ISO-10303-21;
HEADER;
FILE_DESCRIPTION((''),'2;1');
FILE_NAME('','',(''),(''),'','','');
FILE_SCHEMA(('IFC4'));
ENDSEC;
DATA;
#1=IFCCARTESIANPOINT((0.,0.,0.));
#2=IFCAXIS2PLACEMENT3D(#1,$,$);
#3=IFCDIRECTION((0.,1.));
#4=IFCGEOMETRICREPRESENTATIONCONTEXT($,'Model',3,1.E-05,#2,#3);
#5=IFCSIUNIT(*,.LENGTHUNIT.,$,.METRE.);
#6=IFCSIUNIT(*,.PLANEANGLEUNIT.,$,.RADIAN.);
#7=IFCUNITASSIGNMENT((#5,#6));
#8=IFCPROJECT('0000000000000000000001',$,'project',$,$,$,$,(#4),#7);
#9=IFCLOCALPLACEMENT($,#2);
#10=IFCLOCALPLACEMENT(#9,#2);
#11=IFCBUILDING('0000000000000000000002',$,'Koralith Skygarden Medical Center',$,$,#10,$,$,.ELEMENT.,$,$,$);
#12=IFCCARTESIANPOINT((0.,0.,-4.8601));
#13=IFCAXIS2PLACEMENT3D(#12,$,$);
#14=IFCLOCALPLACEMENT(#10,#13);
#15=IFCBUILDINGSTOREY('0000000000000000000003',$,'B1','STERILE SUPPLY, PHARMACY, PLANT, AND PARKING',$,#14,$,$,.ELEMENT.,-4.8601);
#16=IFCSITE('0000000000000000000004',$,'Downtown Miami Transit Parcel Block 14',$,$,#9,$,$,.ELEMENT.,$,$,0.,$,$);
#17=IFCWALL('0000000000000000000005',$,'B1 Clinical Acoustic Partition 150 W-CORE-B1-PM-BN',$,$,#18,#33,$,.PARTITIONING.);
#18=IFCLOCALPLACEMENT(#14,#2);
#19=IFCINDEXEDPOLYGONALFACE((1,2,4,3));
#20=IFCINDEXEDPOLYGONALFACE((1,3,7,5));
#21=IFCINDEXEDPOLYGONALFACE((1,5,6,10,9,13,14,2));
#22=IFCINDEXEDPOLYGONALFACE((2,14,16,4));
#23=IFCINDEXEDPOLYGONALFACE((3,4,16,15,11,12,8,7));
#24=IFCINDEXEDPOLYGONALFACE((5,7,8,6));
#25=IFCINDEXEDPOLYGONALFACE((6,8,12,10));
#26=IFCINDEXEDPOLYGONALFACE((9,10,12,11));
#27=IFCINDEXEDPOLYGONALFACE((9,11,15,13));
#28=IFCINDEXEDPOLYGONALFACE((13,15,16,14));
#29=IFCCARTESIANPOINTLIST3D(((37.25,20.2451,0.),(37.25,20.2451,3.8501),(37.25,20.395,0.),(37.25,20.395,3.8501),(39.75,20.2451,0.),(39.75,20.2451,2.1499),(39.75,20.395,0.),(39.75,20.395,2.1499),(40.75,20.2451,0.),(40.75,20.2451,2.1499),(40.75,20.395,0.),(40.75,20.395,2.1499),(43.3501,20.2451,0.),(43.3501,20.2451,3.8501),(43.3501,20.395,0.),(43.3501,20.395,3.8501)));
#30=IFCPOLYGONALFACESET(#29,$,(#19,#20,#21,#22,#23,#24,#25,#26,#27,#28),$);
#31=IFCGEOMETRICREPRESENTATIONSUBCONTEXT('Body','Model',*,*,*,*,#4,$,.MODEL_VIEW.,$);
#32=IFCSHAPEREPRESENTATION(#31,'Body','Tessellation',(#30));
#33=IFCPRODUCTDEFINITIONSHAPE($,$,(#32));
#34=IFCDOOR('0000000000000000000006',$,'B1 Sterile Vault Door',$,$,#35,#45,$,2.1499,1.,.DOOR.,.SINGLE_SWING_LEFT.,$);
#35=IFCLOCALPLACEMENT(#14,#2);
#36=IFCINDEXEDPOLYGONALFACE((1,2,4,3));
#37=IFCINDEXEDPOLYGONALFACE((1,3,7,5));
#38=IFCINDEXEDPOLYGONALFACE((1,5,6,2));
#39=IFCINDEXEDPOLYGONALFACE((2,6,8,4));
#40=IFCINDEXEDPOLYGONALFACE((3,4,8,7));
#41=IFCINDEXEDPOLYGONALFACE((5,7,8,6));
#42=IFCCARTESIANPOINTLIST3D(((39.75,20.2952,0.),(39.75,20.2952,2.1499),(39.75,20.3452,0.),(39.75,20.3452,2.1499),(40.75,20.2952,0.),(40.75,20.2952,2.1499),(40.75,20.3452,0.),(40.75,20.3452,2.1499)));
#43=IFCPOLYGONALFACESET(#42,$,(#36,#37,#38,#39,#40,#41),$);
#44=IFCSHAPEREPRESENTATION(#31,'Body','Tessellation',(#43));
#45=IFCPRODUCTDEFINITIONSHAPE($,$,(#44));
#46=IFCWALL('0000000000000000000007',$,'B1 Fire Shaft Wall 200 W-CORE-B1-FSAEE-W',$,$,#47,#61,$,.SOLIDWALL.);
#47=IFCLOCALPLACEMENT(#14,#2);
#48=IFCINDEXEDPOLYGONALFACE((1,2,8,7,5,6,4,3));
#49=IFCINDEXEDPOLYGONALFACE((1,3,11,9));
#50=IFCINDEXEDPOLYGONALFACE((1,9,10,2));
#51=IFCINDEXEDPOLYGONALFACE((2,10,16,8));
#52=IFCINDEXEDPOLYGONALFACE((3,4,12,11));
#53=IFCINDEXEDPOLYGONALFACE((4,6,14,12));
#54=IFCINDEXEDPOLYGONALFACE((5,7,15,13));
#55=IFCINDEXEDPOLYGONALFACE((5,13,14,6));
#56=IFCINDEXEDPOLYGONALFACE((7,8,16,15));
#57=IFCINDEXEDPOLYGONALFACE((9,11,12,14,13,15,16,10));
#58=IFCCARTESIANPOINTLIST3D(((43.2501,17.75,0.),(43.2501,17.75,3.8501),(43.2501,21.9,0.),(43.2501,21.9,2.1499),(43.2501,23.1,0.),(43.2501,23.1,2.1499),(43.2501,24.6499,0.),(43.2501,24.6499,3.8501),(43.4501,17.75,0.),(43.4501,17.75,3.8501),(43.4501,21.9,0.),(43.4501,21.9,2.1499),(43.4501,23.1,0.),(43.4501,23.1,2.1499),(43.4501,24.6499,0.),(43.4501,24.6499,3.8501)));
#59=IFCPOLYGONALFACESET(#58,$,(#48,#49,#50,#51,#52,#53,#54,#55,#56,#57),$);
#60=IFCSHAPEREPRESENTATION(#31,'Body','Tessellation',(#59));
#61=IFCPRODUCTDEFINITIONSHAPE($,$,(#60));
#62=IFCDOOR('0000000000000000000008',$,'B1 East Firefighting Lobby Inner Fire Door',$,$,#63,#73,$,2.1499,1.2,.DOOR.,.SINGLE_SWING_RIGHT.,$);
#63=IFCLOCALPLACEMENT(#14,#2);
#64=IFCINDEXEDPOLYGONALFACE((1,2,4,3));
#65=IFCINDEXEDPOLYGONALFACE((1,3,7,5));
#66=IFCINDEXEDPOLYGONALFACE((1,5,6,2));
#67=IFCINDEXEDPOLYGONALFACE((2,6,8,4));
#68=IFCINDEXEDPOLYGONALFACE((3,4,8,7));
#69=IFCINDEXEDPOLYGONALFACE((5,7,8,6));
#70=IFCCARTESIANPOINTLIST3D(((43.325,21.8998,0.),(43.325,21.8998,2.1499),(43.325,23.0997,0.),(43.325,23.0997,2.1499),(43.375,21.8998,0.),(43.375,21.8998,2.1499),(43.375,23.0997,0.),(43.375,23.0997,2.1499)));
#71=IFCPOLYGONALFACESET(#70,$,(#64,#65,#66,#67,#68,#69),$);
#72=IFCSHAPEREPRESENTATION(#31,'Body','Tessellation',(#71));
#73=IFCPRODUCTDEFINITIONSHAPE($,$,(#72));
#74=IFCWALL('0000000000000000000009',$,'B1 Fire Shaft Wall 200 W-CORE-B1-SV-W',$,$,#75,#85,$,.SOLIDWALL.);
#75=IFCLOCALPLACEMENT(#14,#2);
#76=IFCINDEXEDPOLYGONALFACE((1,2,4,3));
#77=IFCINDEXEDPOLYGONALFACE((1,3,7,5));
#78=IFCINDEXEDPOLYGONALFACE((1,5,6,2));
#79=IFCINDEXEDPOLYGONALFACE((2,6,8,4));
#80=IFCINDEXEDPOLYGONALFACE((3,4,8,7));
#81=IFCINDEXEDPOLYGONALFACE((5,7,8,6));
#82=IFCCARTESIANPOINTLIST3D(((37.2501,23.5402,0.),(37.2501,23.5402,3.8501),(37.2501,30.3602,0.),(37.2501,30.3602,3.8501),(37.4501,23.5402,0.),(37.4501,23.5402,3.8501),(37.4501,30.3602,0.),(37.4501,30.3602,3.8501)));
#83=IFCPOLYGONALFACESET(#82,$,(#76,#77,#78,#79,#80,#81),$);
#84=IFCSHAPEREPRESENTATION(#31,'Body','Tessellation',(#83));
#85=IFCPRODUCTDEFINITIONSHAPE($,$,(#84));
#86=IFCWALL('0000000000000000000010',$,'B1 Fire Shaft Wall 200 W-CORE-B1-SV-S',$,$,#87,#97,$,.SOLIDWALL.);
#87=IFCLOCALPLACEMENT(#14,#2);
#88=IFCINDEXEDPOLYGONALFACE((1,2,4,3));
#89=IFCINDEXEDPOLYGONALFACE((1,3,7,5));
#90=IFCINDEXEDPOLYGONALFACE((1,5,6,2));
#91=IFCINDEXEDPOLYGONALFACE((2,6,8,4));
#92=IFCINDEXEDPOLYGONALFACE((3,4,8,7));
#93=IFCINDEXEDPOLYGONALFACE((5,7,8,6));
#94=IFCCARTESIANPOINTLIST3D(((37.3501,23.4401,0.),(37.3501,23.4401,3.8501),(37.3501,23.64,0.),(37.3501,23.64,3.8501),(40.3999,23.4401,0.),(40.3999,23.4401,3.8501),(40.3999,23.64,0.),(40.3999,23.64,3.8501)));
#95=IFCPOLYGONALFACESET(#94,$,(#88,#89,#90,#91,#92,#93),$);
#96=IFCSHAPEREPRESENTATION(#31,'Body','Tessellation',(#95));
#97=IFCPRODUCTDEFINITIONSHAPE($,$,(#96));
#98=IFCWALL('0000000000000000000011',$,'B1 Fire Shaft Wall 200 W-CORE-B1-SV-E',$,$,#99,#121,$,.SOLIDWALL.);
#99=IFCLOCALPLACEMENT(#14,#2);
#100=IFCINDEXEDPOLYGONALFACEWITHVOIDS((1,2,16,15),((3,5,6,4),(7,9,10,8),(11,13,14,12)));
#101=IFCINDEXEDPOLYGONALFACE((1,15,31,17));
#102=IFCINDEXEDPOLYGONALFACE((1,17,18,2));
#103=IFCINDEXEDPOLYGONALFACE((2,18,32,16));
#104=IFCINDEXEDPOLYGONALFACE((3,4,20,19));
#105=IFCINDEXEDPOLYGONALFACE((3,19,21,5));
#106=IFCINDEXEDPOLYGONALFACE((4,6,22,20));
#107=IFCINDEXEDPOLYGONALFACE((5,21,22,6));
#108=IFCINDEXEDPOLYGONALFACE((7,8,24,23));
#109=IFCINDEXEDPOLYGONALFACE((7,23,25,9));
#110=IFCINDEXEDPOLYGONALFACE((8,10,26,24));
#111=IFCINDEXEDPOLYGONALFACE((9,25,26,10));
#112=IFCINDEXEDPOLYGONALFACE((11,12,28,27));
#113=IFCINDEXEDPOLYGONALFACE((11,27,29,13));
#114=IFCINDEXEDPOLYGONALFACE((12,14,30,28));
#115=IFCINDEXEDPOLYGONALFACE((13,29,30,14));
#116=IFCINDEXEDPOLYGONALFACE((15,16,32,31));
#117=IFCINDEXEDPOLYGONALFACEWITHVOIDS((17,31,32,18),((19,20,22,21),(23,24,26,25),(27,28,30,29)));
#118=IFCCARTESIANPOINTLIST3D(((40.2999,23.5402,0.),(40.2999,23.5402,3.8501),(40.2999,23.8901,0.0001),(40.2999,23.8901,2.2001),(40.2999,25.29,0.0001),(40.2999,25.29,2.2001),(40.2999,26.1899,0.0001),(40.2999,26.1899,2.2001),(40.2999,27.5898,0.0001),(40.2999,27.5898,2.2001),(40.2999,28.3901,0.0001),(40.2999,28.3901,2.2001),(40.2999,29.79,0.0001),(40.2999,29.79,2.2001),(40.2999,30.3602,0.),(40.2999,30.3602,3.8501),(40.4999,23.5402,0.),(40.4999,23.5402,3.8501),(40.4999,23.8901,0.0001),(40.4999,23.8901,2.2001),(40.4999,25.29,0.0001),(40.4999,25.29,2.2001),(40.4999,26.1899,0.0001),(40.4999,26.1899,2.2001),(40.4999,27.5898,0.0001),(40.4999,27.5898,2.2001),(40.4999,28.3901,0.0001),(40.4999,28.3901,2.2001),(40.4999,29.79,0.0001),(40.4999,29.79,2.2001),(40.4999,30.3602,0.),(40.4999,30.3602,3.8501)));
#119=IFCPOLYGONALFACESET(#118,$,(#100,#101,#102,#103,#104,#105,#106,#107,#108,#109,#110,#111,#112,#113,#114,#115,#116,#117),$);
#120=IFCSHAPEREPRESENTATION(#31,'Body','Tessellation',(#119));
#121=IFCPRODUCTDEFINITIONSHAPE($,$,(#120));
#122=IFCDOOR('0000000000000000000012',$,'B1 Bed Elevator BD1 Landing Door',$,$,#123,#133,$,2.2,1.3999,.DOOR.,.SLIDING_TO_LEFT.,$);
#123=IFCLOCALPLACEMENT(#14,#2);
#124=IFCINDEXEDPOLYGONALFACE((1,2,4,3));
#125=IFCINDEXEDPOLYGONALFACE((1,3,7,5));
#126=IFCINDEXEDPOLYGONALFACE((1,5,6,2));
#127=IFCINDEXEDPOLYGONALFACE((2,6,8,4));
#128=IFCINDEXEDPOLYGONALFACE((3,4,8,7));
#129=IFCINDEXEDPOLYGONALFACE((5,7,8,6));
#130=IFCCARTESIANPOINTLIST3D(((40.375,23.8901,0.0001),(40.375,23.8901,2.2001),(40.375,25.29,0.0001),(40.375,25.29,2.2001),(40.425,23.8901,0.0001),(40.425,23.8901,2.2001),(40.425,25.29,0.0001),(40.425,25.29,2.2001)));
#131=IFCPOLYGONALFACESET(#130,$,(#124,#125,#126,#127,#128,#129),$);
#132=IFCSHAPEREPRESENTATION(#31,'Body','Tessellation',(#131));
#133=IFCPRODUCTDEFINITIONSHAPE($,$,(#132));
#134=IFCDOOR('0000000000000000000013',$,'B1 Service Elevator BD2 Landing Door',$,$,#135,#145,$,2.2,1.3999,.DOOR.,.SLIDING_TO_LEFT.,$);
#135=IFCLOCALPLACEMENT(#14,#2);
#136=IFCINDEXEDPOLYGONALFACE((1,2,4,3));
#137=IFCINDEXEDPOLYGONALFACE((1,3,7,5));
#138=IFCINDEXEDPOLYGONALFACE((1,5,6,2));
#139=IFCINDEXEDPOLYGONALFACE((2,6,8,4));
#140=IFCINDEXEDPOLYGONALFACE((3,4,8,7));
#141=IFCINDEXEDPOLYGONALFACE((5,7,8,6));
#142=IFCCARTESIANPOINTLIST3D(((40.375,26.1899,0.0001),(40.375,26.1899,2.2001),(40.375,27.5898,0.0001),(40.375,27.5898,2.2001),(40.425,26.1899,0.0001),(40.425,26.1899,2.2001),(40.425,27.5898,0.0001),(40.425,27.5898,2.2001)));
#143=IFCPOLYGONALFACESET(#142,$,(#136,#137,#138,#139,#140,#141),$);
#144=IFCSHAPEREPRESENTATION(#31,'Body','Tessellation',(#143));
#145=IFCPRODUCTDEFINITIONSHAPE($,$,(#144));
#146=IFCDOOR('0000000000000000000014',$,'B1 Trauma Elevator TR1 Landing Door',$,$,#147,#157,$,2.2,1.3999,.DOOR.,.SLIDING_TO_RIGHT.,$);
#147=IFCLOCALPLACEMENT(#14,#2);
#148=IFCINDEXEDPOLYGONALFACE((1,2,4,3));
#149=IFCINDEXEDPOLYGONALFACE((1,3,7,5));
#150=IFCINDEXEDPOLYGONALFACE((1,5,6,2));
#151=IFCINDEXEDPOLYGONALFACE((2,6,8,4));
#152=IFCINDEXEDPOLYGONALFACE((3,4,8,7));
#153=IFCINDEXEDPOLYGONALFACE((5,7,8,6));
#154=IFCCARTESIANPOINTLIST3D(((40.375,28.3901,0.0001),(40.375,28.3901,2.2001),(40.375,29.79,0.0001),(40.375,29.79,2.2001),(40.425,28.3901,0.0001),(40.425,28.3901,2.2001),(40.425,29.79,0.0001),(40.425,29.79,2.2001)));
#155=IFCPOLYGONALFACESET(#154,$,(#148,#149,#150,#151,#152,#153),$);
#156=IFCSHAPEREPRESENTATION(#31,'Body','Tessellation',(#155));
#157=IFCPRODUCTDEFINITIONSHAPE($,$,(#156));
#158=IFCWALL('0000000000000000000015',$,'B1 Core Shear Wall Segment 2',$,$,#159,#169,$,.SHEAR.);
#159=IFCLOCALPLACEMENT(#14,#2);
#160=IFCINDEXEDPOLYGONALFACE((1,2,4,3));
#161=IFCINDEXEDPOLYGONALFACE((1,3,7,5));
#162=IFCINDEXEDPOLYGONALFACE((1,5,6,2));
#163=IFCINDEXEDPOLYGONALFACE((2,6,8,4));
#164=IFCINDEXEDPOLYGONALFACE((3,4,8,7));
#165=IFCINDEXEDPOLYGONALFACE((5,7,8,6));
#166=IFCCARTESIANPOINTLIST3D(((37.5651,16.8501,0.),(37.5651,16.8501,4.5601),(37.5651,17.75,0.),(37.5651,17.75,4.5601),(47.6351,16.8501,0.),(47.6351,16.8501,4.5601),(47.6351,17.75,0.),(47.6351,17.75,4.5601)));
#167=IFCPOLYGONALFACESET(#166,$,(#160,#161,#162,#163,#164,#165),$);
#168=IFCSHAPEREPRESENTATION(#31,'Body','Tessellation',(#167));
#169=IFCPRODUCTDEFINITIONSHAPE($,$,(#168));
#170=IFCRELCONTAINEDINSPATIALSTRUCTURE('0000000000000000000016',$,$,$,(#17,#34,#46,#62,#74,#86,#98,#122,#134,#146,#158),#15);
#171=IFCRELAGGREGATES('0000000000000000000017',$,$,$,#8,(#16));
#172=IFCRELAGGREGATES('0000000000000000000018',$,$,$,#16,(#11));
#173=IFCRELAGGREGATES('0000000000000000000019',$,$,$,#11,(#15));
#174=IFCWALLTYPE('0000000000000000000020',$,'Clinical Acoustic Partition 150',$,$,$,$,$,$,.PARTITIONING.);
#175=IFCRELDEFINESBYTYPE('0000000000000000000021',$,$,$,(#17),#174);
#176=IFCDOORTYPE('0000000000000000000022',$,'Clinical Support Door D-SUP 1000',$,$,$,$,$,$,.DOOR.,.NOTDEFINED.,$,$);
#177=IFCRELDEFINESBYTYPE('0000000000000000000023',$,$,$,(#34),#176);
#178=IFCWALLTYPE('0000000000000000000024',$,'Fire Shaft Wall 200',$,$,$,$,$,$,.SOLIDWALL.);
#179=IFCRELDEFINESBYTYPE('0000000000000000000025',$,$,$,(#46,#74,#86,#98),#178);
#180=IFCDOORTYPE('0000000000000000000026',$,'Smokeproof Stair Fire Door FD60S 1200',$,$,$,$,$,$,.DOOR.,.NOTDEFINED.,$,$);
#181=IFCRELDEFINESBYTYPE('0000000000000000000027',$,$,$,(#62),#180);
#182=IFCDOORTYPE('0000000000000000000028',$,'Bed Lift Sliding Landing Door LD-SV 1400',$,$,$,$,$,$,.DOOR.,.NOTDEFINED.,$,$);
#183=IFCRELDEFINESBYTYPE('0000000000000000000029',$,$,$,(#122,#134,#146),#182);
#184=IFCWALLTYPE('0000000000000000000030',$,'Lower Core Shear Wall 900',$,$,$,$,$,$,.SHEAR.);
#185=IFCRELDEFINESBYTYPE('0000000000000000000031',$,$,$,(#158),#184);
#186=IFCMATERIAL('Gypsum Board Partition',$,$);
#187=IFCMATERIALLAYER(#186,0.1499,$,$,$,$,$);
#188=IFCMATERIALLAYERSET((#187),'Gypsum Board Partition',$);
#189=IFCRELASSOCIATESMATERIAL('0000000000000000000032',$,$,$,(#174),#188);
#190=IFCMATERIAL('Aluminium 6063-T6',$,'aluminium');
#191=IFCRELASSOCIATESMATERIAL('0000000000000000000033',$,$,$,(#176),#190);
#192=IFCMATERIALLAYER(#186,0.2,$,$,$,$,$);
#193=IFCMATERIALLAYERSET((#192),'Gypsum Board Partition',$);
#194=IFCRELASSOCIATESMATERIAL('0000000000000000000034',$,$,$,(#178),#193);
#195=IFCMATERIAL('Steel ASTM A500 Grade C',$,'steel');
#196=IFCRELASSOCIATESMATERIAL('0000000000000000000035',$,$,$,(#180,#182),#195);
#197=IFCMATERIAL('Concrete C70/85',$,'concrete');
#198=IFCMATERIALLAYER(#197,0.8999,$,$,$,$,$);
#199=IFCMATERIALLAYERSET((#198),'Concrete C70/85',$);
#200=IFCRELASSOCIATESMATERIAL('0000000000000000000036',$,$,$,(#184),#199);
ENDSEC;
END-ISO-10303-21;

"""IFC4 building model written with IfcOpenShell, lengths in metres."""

from ifc_helpers import new_model, si_unit, direction, frame, frame_2d, origin, place, context, subcontext, project, spatial, rectangle, extrude, material, layer, layer_set, type_object, element, fill, save


model = new_model("IFC4")

# Units and contexts
model_context = context("Model", 3, precision=1e-05, world=origin(), true_north=direction((0.0, 1.0)))
body_context = subcontext(model_context, "Body", "Model", "MODEL_VIEW")
ifc_project = project(units=[si_unit("LENGTHUNIT", "METRE"), si_unit("PLANEANGLEUNIT", "RADIAN")], contexts=[model_context])

# Site, building, storey
site_placement = place(None, origin())
site = spatial("IfcSite", under=ifc_project, at=site_placement, Name="Downtown Miami Transit Parcel Block 14", CompositionType="ELEMENT", RefElevation=0.0)
building_placement = place(site_placement, origin())
building = spatial("IfcBuilding", under=site, at=building_placement, Name="Koralith Skygarden Medical Center", CompositionType="ELEMENT")
storey_placement = place(building_placement, frame((0.0, 0.0, -4.8601)))
storey = spatial("IfcBuildingStorey", under=building, at=storey_placement, Name="B1", Description="STERILE SUPPLY, PHARMACY, PLANT, AND PARKING", CompositionType="ELEMENT", Elevation=-4.8601)

# Shared definitions
ifc_material_1 = material(Name="Concrete C70/85", Category="concrete")

# Walls, openings, doors
ifc_material_2 = material(Name="Gypsum Board Partition")
ifc_layer_1 = layer(ifc_material_2, 0.1499)
ifc_layer_set_1 = layer_set([ifc_layer_1], Name="Gypsum Board Partition")
wall_type_1 = type_object("IfcWallType", Name="Clinical Acoustic Partition 150", PredefinedType="PARTITIONING", material=ifc_layer_set_1)
wall_1_placement = place(storey_placement, frame((37.25, 20.3201, 0.0), z_axis=(0.0, 0.0, 1.0), x_axis=(1.0, 0.0, 0.0)))
wall_1 = element("IfcWall", 1, at=wall_1_placement, inside=storey, type_object=wall_type_1, Name="B1 Clinical Acoustic Partition 150 W-CORE-B1-PM-BN", PredefinedType="PARTITIONING", context=body_context, shape_type="SweptSolid", body=[
    extrude(rectangle(XDim=6.1001, YDim=0.1499, at=frame_2d((3.05, 0.0))), origin(), (0.0, 0.0, 1.0), 3.8501),
])
opening_1_placement = place(wall_1_placement, frame((2.5, 0.0, 0.0)))
opening_1 = element("IfcOpeningElement", 2, at=opening_1_placement, cuts=wall_1, PredefinedType="OPENING", context=body_context, shape_type="SweptSolid", body=[
    extrude(rectangle(XDim=1.0, YDim=2.1499, at=frame_2d((0.5, 1.075))), frame((0.0, 0.085, 0.0), z_axis=(0.0, -1.0, 0.0), x_axis=(1.0, 0.0, 0.0)), (0.0, 0.0, 1.0), 0.1699),
])
ifc_material_3 = material(Name="Aluminium 6063-T6", Category="aluminium")
door_type_1 = type_object("IfcDoorType", Name="Clinical Support Door D-SUP 1000", OperationType="NOTDEFINED", PredefinedType="DOOR", material=ifc_material_3)
door_1_placement = place(opening_1_placement, frame((1.0, 0.0, 0.0), z_axis=(0.0, 0.0, 1.0), x_axis=(-1.0, 0.0, 0.0)))
door_1 = element("IfcDoor", 3, at=door_1_placement, inside=storey, type_object=door_type_1, Name="B1 Sterile Vault Door", OperationType="SINGLE_SWING_LEFT", OverallHeight=2.1499, OverallWidth=1.0, PredefinedType="DOOR", context=body_context, shape_type="SweptSolid", body=[
    extrude(rectangle(XDim=1.0, YDim=2.1499, at=frame_2d((0.5, 1.075))), frame((0.0, 0.0249, 0.0), z_axis=(0.0, -1.0, 0.0), x_axis=(1.0, 0.0, 0.0)), (0.0, 0.0, 1.0), 0.05),
])
fill(opening_1, door_1)
ifc_layer_2 = layer(ifc_material_2, 0.2)
ifc_layer_set_2 = layer_set([ifc_layer_2], Name="Gypsum Board Partition")
wall_type_2 = type_object("IfcWallType", Name="Fire Shaft Wall 200", PredefinedType="SOLIDWALL", material=ifc_layer_set_2)
ifc_material_4 = material(Name="Steel ASTM A500 Grade C", Category="steel")
wall_2_placement = place(storey_placement, frame((43.3501, 17.75, 0.0), z_axis=(0.0, 0.0, 1.0), x_axis=(0.0, 1.0, 0.0)))
wall_2 = element("IfcWall", 4, at=wall_2_placement, inside=storey, type_object=wall_type_2, Name="B1 Fire Shaft Wall 200 W-CORE-B1-FSAEE-W", PredefinedType="SOLIDWALL", context=body_context, shape_type="SweptSolid", body=[
    extrude(rectangle(XDim=6.8999, YDim=0.2, at=frame_2d((3.45, 0.0))), origin(), (0.0, 0.0, 1.0), 3.8501),
])
opening_2_placement = place(wall_2_placement, frame((4.1499, 0.0, 0.0)))
opening_2 = element("IfcOpeningElement", 5, at=opening_2_placement, cuts=wall_2, PredefinedType="OPENING", context=body_context, shape_type="SweptSolid", body=[
    extrude(rectangle(XDim=1.2, YDim=2.1499, at=frame_2d((0.6001, 1.075))), frame((0.0, 0.1099, 0.0), z_axis=(0.0, -1.0, 0.0), x_axis=(1.0, 0.0, 0.0)), (0.0, 0.0, 1.0), 0.22),
])
door_type_2 = type_object("IfcDoorType", Name="Smokeproof Stair Fire Door FD60S 1200", OperationType="NOTDEFINED", PredefinedType="DOOR", material=ifc_material_4)
door_2_placement = place(opening_2_placement, frame((1.2, 0.0, 0.0), z_axis=(0.0, 0.0, 1.0), x_axis=(-1.0, 0.0, 0.0)))
door_2 = element("IfcDoor", 6, at=door_2_placement, inside=storey, type_object=door_type_2, Name="B1 East Firefighting Lobby Inner Fire Door", OperationType="SINGLE_SWING_RIGHT", OverallHeight=2.1499, OverallWidth=1.2, PredefinedType="DOOR", context=body_context, shape_type="SweptSolid", body=[
    extrude(rectangle(XDim=1.2, YDim=2.1499, at=frame_2d((0.6001, 1.075))), frame((0.0, 0.0249, 0.0), z_axis=(0.0, -1.0, 0.0), x_axis=(1.0, 0.0, 0.0)), (0.0, 0.0, 1.0), 0.05),
])
fill(opening_2, door_2)

# Walls
wall_3_placement = place(storey_placement, frame((37.3501, 23.54, 0.0), z_axis=(0.0, 0.0, 1.0), x_axis=(0.0, 1.0, 0.0)))
element("IfcWall", 7, at=wall_3_placement, inside=storey, type_object=wall_type_2, Name="B1 Fire Shaft Wall 200 W-CORE-B1-SV-W", PredefinedType="SOLIDWALL", context=body_context, shape_type="SweptSolid", body=[
    extrude(rectangle(XDim=6.8201, YDim=0.2, at=frame_2d((3.4102, 0.0))), origin(), (0.0, 0.0, 1.0), 3.8501),
])
wall_4_placement = place(storey_placement, frame((37.3501, 23.54, 0.0), z_axis=(0.0, 0.0, 1.0), x_axis=(1.0, 0.0, 0.0)))
element("IfcWall", 8, at=wall_4_placement, inside=storey, type_object=wall_type_2, Name="B1 Fire Shaft Wall 200 W-CORE-B1-SV-S", PredefinedType="SOLIDWALL", context=body_context, shape_type="SweptSolid", body=[
    extrude(rectangle(XDim=3.0498, YDim=0.2, at=frame_2d((1.5249, 0.0))), origin(), (0.0, 0.0, 1.0), 3.8501),
])

# Wall, openings, doors
wall_5_placement = place(storey_placement, frame((40.3999, 23.54, 0.0), z_axis=(0.0, 0.0, 1.0), x_axis=(0.0, 1.0, 0.0)))
wall_5 = element("IfcWall", 9, at=wall_5_placement, inside=storey, type_object=wall_type_2, Name="B1 Fire Shaft Wall 200 W-CORE-B1-SV-E", PredefinedType="SOLIDWALL", context=body_context, shape_type="SweptSolid", body=[
    extrude(rectangle(XDim=6.8201, YDim=0.2, at=frame_2d((3.4102, 0.0))), origin(), (0.0, 0.0, 1.0), 3.8501),
])
opening_3_placement = place(wall_5_placement, frame((0.3501, 0.0, 0.0)))
opening_3 = element("IfcOpeningElement", 10, at=opening_3_placement, cuts=wall_5, PredefinedType="OPENING", context=body_context, shape_type="SweptSolid", body=[
    extrude(rectangle(XDim=1.3999, YDim=2.2, at=frame_2d((0.7, 1.1001))), frame((0.0, 0.1099, 0.0), z_axis=(0.0, -1.0, 0.0), x_axis=(1.0, 0.0, 0.0)), (0.0, 0.0, 1.0), 0.22),
])
opening_4_placement = place(wall_5_placement, frame((2.6499, 0.0, 0.0)))
opening_4 = element("IfcOpeningElement", 11, at=opening_4_placement, cuts=wall_5, PredefinedType="OPENING", context=body_context, shape_type="SweptSolid", body=[
    extrude(rectangle(XDim=1.3999, YDim=2.2, at=frame_2d((0.7, 1.1001))), frame((0.0, 0.1099, 0.0), z_axis=(0.0, -1.0, 0.0), x_axis=(1.0, 0.0, 0.0)), (0.0, 0.0, 1.0), 0.22),
])
opening_5_placement = place(wall_5_placement, frame((4.8501, 0.0, 0.0)))
opening_5 = element("IfcOpeningElement", 12, at=opening_5_placement, cuts=wall_5, PredefinedType="OPENING", context=body_context, shape_type="SweptSolid", body=[
    extrude(rectangle(XDim=1.3999, YDim=2.2, at=frame_2d((0.7, 1.1001))), frame((0.0, 0.1099, 0.0), z_axis=(0.0, -1.0, 0.0), x_axis=(1.0, 0.0, 0.0)), (0.0, 0.0, 1.0), 0.22),
])
door_type_3 = type_object("IfcDoorType", Name="Bed Lift Sliding Landing Door LD-SV 1400", OperationType="NOTDEFINED", PredefinedType="DOOR", material=ifc_material_4)
door_3_placement = place(opening_3_placement, origin())
door_3 = element("IfcDoor", 13, at=door_3_placement, inside=storey, type_object=door_type_3, Name="B1 Bed Elevator BD1 Landing Door", OperationType="SLIDING_TO_LEFT", OverallHeight=2.2, OverallWidth=1.3999, PredefinedType="DOOR", context=body_context, shape_type="SweptSolid", body=[
    extrude(rectangle(XDim=1.3999, YDim=2.2, at=frame_2d((0.7, 1.1001))), frame((0.0, 0.0249, 0.0), z_axis=(0.0, -1.0, 0.0), x_axis=(1.0, 0.0, 0.0)), (0.0, 0.0, 1.0), 0.05),
])
fill(opening_3, door_3)
door_4_placement = place(opening_4_placement, origin())
door_4 = element("IfcDoor", 14, at=door_4_placement, inside=storey, type_object=door_type_3, Name="B1 Service Elevator BD2 Landing Door", OperationType="SLIDING_TO_LEFT", OverallHeight=2.2, OverallWidth=1.3999, PredefinedType="DOOR", context=body_context, shape_type="SweptSolid", body=[
    extrude(rectangle(XDim=1.3999, YDim=2.2, at=frame_2d((0.7, 1.1001))), frame((0.0, 0.0249, 0.0), z_axis=(0.0, -1.0, 0.0), x_axis=(1.0, 0.0, 0.0)), (0.0, 0.0, 1.0), 0.05),
])
fill(opening_4, door_4)
door_5_placement = place(opening_5_placement, origin())
door_5 = element("IfcDoor", 15, at=door_5_placement, inside=storey, type_object=door_type_3, Name="B1 Trauma Elevator TR1 Landing Door", OperationType="SLIDING_TO_RIGHT", OverallHeight=2.2, OverallWidth=1.3999, PredefinedType="DOOR", context=body_context, shape_type="SweptSolid", body=[
    extrude(rectangle(XDim=1.3999, YDim=2.2, at=frame_2d((0.7, 1.1001))), frame((0.0, 0.0249, 0.0), z_axis=(0.0, -1.0, 0.0), x_axis=(1.0, 0.0, 0.0)), (0.0, 0.0, 1.0), 0.05),
])
fill(opening_5, door_5)

# Wall
ifc_layer_3 = layer(ifc_material_1, 0.8999)
ifc_layer_set_3 = layer_set([ifc_layer_3], Name="Concrete C70/85")
wall_type_3 = type_object("IfcWallType", Name="Lower Core Shear Wall 900", PredefinedType="SHEAR", material=ifc_layer_set_3)
wall_6_placement = place(storey_placement, frame((37.5649, 17.3, 0.0), z_axis=(0.0, 0.0, 1.0), x_axis=(1.0, 0.0, 0.0)))
element("IfcWall", 16, at=wall_6_placement, inside=storey, type_object=wall_type_3, Name="B1 Core Shear Wall Segment 2", PredefinedType="SHEAR", context=body_context, shape_type="SweptSolid", body=[
    extrude(rectangle(XDim=10.0701, YDim=0.8999, at=frame_2d((5.0352, 0.0))), origin(), (0.0, 0.0, 1.0), 4.5601),
])

save(model, "model.ifc")
